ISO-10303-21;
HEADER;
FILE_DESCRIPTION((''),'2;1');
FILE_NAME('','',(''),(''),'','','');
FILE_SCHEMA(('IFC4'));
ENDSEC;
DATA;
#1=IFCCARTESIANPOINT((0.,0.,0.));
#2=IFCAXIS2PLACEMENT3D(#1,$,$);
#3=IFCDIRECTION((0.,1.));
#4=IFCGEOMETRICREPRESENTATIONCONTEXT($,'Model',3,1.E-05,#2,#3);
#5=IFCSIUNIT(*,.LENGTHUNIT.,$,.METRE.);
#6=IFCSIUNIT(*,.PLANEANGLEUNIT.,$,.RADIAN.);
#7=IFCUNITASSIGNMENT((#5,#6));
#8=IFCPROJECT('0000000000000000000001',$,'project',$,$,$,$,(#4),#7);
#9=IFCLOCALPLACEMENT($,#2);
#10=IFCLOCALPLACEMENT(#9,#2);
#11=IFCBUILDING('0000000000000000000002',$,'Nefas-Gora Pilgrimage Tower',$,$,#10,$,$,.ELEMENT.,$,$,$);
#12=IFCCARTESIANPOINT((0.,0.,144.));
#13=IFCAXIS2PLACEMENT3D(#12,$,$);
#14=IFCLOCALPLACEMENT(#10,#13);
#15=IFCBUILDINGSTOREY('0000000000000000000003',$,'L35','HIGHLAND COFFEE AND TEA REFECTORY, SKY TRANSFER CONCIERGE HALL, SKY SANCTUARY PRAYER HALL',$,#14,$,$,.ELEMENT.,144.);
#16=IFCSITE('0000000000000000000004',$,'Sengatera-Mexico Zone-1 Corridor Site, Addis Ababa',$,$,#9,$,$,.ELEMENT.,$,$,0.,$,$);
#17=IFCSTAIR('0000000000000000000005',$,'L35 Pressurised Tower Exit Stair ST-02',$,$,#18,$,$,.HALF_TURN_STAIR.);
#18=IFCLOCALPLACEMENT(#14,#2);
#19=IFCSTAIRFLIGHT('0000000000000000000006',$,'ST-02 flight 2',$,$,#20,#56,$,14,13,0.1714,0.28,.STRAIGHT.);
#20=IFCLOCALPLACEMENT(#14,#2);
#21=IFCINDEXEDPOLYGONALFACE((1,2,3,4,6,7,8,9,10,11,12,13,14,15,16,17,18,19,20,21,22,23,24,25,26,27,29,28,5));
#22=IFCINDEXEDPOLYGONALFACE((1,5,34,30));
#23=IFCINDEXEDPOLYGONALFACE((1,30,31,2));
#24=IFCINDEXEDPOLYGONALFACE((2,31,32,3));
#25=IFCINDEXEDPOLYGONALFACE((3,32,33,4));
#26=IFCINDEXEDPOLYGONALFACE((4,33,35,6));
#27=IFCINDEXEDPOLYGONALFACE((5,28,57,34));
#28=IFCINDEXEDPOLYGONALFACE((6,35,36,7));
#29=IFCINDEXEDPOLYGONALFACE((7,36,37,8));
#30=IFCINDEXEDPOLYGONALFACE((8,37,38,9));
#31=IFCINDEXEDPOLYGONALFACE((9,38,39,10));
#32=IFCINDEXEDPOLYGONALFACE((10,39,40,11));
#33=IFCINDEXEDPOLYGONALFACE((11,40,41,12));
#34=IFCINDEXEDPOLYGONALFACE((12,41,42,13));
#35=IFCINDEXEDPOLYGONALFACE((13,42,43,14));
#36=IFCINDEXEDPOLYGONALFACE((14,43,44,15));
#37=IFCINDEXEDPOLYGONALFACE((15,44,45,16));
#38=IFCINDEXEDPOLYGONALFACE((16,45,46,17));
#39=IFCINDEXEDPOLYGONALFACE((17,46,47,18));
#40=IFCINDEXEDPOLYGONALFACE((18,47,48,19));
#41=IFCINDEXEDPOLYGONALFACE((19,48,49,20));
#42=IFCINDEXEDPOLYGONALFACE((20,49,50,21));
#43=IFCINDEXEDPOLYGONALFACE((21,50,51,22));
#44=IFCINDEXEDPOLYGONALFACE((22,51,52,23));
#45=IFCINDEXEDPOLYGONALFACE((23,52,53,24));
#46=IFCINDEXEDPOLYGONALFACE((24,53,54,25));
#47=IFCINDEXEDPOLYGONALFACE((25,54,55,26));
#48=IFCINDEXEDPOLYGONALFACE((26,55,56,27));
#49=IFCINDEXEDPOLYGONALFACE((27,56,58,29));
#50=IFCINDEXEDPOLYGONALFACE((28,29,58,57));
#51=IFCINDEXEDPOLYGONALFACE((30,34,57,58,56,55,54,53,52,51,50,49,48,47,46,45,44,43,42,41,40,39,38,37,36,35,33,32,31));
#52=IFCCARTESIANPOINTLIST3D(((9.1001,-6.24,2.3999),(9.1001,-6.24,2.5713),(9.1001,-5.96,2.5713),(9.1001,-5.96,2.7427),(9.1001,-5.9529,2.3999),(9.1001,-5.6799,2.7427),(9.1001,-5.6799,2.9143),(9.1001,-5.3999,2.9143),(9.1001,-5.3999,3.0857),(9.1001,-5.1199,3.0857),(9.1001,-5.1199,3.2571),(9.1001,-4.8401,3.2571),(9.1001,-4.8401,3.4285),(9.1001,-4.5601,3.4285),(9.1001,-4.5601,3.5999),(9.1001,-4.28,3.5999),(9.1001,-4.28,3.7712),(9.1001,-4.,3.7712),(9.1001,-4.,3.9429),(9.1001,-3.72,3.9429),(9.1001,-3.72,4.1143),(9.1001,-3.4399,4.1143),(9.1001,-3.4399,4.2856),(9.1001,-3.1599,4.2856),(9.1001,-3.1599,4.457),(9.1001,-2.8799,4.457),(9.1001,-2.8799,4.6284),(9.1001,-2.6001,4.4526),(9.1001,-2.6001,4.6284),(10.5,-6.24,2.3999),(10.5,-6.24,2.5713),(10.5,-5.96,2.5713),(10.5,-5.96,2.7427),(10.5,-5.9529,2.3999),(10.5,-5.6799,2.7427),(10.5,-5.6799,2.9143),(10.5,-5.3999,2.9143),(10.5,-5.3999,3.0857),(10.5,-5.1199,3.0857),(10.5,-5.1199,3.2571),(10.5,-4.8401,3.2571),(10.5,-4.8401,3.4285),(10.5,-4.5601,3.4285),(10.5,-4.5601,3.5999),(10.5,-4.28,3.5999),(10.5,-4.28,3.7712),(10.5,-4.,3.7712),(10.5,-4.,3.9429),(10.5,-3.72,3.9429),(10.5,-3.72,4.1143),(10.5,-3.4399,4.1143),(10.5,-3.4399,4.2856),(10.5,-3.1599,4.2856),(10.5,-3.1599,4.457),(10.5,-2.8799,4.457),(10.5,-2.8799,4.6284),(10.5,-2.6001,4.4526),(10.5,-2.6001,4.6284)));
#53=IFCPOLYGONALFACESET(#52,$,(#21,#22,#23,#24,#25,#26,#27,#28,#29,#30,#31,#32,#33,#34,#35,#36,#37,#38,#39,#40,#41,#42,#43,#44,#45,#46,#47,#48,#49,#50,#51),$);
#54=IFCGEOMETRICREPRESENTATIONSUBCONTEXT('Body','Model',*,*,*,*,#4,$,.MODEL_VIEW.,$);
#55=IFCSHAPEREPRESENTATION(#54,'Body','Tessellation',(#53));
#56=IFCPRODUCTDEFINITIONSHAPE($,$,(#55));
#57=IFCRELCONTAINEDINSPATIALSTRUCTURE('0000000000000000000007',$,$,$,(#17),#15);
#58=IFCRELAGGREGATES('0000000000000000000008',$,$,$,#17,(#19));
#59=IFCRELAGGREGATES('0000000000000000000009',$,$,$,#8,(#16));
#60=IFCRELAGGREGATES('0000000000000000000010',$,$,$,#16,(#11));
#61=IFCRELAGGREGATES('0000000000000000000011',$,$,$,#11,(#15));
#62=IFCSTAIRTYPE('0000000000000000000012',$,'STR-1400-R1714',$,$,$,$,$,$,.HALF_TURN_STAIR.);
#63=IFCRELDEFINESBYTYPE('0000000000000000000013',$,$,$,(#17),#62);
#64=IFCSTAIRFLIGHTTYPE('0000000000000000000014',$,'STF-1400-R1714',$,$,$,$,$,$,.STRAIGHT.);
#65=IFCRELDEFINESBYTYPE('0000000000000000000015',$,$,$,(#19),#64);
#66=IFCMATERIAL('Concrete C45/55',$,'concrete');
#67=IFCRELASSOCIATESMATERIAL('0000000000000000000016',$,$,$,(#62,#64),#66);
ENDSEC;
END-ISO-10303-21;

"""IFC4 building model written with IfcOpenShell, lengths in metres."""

from ifc_helpers import new_model, si_unit, direction, frame, origin, place, context, subcontext, project, spatial, polyline, outline, extrude, source, transform, mapped, material, type_object, element, aggregate, save


model = new_model("IFC4")

# Units and contexts
model_context = context("Model", 3, precision=1e-05, world=origin(), true_north=direction((0.0, 1.0)))
body_context = subcontext(model_context, "Body", "Model", "MODEL_VIEW")
ifc_project = project(units=[si_unit("LENGTHUNIT", "METRE"), si_unit("PLANEANGLEUNIT", "RADIAN")], contexts=[model_context])

# Site, building, storey
site_placement = place(None, origin())
site = spatial("IfcSite", under=ifc_project, at=site_placement, Name="Sengatera-Mexico Zone-1 Corridor Site, Addis Ababa", CompositionType="ELEMENT", RefElevation=0.0)
building_placement = place(site_placement, origin())
building = spatial("IfcBuilding", under=site, at=building_placement, Name="Nefas-Gora Pilgrimage Tower", CompositionType="ELEMENT")
storey_placement = place(building_placement, frame((0.0, 0.0, 144.0)))
storey = spatial("IfcBuildingStorey", under=building, at=storey_placement, Name="L35", Description="HIGHLAND COFFEE AND TEA REFECTORY, SKY TRANSFER CONCIERGE HALL, SKY SANCTUARY PRAYER HALL", CompositionType="ELEMENT", Elevation=144.0)

# Shared definitions
ifc_material_1 = material(Name="Concrete C45/55", Category="concrete")

# Stair, stair flight
stair_type = type_object("IfcStairType", Name="STR-1400-R1714", PredefinedType="HALF_TURN_STAIR", material=ifc_material_1)
stair_placement = place(storey_placement, origin())
stair = element("IfcStair", 1, at=stair_placement, inside=storey, type_object=stair_type, Name="L35 Pressurised Tower Exit Stair ST-02", PredefinedType="HALF_TURN_STAIR")
stair_flight_type = type_object("IfcStairFlightType", Name="STF-1400-R1714", PredefinedType="STRAIGHT", material=ifc_material_1)
shared_shape_1 = source(origin(), body_context, "Body", "SweptSolid", [
    extrude(outline(polyline([(0.0, 0.0), (0.0, 0.1714), (0.28, 0.1714), (0.28, 0.3428), (0.5601, 0.3428), (0.5601, 0.5144), (0.8401, 0.5144), (0.8401, 0.6858), (1.1201, 0.6858), (1.1201, 0.8572), (1.3999, 0.8572), (1.3999, 1.0286), (1.6799, 1.0286), (1.6799, 1.2), (1.96, 1.2), (1.96, 1.3713), (2.24, 1.3713), (2.24, 1.543), (2.52, 1.543), (2.52, 1.7144), (2.8, 1.7144), (2.8, 1.8857), (3.0801, 1.8857), (3.0801, 2.0571), (3.3601, 2.0571), (3.3601, 2.2285), (3.6399, 2.2285), (3.6399, 2.3999), (3.6399, 2.0527), (0.2871, 0.0), (0.0, 0.0)])), frame((0.0, 0.7, 0.0), z_axis=(0.0, -1.0, 0.0), x_axis=(1.0, 0.0, 0.0)), (0.0, 0.0, 1.0), 1.3999),
])
stair_flight_1_placement = place(storey_placement, frame((9.8, -6.24, 2.3999), z_axis=(0.0, 0.0, 1.0), x_axis=(0.0, 1.0, 0.0)))
stair_flight_1 = element("IfcStairFlight", 2, at=stair_flight_1_placement, type_object=stair_flight_type, Name="ST-02 flight 2", NumberOfRisers=14, NumberOfTreads=13, PredefinedType="STRAIGHT", RiserHeight=0.1714, TreadLength=0.28, context=body_context, shape_type="MappedRepresentation", body=[
    mapped(shared_shape_1, transform((0.0, 0.0, 0.0), x_axis=(1.0, 0.0, 0.0), y_axis=(0.0, 1.0, 0.0), z_axis=(0.0, 0.0, 1.0), scale=1.0)),
])
aggregate(stair, [stair_flight_1])

save(model, "model.ifc")
